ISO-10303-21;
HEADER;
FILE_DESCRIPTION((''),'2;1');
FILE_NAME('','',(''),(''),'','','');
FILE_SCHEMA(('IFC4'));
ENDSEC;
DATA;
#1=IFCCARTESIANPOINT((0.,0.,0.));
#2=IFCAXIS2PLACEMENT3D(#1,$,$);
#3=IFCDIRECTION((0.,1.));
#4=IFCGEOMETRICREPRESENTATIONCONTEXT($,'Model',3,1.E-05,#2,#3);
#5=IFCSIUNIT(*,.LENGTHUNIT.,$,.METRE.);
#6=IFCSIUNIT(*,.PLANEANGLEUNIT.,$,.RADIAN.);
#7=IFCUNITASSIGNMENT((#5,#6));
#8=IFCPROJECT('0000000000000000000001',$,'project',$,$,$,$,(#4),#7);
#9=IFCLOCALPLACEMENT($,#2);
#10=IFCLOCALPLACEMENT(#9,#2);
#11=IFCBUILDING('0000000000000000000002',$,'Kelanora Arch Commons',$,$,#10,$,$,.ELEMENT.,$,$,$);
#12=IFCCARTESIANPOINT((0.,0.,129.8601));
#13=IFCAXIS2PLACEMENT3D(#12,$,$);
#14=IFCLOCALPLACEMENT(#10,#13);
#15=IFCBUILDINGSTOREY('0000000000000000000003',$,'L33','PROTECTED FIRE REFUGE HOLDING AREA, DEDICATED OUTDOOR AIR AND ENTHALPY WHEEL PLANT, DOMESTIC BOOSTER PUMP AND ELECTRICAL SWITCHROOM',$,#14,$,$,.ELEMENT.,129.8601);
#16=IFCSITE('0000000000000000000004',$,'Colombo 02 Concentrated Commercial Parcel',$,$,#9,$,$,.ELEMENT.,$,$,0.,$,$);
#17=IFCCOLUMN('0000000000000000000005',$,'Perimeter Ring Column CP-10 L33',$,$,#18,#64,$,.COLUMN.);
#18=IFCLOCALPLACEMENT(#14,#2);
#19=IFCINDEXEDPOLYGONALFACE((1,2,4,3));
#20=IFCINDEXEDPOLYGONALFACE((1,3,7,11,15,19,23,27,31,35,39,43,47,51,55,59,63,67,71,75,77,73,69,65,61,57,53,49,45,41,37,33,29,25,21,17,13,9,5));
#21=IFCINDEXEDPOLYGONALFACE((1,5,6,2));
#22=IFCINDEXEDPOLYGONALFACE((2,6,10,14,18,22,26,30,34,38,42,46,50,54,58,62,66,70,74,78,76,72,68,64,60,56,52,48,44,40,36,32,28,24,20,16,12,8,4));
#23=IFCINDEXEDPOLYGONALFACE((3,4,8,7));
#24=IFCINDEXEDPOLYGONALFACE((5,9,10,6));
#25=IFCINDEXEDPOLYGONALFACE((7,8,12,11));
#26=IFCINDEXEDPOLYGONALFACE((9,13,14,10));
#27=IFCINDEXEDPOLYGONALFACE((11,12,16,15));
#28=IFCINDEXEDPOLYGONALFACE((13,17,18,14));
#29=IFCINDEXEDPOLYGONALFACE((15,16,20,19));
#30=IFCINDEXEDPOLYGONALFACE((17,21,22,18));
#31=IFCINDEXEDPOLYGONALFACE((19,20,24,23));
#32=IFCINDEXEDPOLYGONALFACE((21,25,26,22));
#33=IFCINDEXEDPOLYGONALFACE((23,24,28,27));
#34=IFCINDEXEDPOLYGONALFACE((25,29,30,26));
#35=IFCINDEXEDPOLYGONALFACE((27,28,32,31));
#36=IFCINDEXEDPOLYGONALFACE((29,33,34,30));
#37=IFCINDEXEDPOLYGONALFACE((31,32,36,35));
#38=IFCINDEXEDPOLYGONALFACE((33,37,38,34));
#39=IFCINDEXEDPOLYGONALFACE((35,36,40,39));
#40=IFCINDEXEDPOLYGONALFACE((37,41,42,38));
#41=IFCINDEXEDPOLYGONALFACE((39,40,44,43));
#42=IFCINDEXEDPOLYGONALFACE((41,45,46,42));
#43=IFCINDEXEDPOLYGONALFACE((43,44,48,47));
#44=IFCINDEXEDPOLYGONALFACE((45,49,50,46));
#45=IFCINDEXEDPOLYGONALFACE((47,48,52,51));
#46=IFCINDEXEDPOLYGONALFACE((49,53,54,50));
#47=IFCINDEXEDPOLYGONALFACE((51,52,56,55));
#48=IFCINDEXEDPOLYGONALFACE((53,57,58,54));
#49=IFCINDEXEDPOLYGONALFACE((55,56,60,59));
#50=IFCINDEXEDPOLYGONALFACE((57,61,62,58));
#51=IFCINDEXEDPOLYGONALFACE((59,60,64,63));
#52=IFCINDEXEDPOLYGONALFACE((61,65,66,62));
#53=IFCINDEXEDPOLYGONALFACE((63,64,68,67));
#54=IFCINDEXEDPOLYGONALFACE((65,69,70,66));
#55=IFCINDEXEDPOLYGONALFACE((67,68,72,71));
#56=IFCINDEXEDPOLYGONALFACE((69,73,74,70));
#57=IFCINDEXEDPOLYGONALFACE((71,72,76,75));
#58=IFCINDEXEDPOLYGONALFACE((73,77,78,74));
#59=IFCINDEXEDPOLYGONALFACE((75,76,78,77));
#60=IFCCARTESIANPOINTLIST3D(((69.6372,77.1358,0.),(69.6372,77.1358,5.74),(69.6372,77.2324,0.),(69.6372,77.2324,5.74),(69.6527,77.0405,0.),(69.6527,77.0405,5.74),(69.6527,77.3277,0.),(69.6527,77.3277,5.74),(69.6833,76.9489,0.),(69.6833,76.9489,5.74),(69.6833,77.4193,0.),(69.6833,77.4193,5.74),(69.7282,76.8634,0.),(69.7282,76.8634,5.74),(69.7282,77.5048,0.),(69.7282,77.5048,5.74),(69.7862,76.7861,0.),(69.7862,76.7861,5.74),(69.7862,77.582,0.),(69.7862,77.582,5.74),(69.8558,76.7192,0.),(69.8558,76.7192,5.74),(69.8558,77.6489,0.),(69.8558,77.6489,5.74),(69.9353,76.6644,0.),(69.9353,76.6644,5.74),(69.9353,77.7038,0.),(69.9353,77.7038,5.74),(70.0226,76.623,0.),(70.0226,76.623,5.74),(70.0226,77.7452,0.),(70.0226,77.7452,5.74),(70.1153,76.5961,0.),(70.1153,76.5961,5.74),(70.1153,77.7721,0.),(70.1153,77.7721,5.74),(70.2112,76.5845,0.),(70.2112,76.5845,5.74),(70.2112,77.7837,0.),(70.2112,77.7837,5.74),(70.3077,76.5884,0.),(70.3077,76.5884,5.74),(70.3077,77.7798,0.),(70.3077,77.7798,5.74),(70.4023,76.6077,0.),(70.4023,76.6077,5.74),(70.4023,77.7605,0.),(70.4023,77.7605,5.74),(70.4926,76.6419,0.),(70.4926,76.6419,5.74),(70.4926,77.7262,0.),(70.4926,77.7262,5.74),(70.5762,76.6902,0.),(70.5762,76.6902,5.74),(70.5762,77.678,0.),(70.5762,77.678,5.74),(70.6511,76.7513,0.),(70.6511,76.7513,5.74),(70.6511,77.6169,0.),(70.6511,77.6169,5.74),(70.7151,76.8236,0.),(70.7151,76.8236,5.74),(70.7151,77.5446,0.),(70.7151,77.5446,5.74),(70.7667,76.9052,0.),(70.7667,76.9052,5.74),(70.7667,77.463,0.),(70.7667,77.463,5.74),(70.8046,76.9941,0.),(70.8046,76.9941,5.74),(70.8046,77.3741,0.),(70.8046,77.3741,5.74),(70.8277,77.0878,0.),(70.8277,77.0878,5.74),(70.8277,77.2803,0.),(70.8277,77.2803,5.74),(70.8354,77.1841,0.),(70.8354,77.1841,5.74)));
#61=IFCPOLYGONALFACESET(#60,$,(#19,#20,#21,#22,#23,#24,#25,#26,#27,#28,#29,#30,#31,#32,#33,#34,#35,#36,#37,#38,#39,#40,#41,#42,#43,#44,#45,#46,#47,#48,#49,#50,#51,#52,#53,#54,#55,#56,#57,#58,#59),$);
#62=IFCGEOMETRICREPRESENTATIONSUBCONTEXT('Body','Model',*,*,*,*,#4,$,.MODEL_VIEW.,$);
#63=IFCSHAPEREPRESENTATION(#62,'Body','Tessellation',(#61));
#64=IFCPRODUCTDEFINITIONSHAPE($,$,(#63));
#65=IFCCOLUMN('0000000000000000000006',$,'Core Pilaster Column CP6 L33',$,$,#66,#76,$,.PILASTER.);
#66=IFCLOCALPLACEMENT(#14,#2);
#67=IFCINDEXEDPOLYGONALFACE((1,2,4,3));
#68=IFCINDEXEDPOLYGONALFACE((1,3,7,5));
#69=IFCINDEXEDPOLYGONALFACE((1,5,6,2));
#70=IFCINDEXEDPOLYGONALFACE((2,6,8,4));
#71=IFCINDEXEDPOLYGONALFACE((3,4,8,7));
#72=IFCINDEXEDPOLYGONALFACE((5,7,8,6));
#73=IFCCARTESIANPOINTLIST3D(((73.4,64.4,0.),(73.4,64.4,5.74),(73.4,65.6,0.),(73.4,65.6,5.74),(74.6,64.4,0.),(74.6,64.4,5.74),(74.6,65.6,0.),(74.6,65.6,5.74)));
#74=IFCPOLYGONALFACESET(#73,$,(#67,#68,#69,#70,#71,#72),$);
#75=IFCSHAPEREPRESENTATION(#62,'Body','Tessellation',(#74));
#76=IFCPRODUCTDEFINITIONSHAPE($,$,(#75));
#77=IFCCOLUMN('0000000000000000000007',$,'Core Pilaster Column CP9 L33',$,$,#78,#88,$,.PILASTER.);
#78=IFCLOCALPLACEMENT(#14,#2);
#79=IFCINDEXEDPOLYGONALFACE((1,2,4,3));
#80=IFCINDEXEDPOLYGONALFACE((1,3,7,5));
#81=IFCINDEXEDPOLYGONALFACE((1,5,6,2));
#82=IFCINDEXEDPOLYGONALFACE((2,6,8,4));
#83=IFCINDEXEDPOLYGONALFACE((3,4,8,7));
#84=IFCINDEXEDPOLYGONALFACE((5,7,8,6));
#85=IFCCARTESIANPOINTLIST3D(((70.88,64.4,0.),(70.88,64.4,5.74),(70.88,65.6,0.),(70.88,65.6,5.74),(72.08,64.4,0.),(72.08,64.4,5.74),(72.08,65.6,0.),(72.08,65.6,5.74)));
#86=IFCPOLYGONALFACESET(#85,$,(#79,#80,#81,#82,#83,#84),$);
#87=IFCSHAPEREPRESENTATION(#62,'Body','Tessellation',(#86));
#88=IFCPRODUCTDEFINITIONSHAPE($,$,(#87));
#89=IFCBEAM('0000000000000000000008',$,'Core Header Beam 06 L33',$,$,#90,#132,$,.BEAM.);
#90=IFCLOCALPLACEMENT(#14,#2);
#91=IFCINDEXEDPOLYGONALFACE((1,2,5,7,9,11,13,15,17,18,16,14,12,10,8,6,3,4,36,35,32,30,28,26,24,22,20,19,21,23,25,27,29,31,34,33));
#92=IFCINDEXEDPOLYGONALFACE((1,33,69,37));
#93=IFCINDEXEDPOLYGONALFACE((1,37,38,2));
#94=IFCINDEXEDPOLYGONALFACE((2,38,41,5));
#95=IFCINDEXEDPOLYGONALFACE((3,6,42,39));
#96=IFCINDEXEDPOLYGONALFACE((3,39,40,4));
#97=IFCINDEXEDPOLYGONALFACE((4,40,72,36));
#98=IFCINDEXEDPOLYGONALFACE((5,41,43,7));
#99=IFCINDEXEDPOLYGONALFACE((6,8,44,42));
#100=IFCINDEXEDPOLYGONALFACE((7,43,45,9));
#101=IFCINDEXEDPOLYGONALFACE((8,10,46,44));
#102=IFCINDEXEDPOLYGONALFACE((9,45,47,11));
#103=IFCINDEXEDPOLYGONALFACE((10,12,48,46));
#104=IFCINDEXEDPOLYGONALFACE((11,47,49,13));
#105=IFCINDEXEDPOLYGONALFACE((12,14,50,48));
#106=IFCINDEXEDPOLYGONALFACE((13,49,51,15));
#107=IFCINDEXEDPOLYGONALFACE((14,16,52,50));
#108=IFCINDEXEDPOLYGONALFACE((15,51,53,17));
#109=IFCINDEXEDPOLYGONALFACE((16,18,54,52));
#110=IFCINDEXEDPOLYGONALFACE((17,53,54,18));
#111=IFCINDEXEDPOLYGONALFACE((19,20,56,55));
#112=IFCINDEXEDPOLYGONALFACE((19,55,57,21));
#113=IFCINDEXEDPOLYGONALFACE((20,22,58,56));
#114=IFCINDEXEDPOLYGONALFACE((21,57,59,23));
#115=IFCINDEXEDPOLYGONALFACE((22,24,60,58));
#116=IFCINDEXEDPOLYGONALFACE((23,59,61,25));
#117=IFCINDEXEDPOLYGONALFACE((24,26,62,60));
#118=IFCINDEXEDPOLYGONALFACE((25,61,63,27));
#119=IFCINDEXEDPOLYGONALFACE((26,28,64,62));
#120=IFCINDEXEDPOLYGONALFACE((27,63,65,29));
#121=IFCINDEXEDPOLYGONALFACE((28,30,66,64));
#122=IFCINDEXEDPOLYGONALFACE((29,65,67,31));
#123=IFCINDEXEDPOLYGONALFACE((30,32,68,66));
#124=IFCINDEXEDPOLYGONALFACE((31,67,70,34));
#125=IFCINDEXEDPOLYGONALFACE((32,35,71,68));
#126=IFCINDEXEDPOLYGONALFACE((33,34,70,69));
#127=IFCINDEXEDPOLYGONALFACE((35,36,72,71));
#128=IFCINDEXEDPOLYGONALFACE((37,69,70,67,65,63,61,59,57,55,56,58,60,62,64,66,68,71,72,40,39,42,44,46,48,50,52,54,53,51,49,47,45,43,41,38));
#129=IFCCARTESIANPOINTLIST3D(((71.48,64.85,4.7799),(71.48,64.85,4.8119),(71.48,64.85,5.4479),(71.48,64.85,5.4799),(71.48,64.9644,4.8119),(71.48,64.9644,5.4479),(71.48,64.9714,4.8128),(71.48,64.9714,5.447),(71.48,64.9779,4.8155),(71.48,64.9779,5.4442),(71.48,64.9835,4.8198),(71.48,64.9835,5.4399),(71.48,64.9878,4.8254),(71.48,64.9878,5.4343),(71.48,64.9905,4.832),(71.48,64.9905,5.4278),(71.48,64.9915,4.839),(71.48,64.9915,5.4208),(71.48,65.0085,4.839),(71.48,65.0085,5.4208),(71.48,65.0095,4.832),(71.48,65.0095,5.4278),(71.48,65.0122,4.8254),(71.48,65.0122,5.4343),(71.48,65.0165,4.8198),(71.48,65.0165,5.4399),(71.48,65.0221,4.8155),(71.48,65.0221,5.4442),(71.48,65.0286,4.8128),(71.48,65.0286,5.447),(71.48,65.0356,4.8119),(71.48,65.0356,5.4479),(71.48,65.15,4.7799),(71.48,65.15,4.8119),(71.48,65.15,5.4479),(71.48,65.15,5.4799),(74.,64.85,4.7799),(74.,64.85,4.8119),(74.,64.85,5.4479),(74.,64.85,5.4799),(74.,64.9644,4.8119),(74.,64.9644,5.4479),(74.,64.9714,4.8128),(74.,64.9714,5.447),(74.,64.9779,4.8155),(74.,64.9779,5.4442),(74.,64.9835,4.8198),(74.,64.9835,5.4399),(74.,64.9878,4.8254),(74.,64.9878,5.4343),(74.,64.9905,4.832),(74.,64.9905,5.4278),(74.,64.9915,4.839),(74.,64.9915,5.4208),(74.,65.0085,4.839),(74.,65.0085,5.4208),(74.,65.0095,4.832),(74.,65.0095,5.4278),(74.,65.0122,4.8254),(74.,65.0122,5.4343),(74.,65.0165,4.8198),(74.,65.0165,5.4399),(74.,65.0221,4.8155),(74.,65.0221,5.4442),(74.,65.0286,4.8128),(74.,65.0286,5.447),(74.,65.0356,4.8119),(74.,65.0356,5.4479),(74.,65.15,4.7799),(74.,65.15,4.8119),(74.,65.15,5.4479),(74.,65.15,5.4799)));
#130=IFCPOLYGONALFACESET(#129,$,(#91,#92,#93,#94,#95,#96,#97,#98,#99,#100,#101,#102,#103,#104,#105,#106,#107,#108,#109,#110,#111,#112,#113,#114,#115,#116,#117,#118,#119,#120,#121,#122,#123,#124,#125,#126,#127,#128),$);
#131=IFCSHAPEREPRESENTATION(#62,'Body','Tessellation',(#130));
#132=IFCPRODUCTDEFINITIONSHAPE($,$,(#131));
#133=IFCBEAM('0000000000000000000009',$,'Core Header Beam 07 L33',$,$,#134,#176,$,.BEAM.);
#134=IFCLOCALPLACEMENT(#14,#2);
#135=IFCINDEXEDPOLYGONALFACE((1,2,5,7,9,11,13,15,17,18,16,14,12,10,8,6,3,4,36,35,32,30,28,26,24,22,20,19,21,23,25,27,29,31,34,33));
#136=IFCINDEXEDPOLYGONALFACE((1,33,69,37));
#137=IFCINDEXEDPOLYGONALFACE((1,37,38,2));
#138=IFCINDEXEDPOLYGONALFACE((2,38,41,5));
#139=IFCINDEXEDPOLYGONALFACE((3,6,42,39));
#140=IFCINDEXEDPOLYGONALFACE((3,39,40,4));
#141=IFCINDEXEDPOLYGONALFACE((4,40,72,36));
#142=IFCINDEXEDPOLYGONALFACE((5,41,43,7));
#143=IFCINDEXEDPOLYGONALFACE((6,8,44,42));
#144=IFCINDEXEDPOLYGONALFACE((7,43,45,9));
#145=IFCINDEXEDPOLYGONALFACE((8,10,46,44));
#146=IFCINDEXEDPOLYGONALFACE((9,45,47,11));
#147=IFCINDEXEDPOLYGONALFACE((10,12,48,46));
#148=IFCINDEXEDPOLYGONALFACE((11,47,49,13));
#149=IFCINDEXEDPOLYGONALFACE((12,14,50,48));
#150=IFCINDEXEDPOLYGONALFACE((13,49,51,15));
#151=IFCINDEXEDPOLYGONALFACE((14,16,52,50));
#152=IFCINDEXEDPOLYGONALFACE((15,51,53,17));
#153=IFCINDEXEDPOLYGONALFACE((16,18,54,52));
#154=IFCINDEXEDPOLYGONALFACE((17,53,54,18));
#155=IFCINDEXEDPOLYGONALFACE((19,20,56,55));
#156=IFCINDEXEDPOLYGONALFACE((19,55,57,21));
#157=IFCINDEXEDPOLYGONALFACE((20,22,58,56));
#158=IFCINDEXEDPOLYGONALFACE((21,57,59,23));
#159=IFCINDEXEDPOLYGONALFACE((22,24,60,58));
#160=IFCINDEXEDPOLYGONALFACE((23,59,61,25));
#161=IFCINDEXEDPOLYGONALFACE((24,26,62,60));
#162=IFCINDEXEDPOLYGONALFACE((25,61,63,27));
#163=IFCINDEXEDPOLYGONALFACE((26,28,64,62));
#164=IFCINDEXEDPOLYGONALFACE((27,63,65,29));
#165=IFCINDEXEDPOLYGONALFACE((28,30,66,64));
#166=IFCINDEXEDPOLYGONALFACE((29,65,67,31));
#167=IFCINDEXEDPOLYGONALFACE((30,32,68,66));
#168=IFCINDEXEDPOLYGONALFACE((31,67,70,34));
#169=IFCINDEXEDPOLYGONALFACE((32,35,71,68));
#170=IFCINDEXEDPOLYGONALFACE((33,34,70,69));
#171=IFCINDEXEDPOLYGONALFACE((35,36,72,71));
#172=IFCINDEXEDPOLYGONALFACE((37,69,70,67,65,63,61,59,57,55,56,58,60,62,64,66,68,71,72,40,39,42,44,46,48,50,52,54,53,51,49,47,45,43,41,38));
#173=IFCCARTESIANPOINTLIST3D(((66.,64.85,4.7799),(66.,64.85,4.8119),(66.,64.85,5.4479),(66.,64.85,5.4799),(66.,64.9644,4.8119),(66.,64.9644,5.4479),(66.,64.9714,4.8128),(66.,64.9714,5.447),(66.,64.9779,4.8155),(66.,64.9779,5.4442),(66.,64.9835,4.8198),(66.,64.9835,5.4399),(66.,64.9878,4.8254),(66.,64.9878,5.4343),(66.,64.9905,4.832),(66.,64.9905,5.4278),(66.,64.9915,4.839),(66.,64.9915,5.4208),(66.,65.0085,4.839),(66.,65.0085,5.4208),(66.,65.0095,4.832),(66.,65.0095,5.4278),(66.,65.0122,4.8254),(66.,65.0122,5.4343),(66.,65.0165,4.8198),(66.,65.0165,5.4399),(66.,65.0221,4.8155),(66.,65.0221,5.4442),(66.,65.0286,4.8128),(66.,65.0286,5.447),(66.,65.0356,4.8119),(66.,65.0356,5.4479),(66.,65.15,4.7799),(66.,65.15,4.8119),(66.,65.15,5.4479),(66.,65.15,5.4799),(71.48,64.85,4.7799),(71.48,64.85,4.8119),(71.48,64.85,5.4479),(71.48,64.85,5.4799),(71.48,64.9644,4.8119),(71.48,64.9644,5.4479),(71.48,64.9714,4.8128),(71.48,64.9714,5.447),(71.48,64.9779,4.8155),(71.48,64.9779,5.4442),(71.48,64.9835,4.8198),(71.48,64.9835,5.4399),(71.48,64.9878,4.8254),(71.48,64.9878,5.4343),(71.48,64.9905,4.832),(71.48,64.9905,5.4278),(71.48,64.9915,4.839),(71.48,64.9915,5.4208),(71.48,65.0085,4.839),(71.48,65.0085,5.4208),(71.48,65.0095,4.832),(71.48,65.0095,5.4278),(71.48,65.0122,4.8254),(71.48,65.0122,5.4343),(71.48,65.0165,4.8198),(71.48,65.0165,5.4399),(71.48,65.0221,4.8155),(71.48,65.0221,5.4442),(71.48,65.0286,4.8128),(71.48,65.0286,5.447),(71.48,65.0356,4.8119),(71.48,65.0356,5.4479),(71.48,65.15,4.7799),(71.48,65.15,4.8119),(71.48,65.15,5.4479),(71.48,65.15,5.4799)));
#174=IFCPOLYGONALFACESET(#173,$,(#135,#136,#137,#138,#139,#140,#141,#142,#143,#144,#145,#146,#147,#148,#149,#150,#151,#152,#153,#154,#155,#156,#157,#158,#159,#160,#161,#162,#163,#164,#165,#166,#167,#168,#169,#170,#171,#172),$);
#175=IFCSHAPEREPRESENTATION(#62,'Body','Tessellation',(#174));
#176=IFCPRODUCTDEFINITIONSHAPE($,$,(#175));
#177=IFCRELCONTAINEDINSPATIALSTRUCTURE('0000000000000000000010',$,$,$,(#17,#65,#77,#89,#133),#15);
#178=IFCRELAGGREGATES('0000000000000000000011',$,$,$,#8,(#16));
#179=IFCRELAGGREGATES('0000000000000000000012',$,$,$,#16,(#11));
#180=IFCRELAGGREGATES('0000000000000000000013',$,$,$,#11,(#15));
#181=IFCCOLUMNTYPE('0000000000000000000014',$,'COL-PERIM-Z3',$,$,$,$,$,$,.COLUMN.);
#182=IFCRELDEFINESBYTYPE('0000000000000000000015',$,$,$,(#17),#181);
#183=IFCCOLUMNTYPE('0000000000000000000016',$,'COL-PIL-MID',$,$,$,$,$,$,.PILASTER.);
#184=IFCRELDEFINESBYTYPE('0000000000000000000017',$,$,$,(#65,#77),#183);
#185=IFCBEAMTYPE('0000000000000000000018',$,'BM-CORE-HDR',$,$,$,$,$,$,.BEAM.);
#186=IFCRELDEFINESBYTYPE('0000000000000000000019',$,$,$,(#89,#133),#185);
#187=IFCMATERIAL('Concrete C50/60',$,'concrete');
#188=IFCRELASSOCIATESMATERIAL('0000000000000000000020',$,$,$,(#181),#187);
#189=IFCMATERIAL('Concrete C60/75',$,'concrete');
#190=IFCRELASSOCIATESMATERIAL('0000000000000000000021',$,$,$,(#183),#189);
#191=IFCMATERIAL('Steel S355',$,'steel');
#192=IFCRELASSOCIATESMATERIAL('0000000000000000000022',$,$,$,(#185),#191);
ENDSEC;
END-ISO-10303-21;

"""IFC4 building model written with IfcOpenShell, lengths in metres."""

from ifc_helpers import new_model, si_unit, direction, frame, origin, origin_2d, place, context, subcontext, project, spatial, rectangle, circle, i_section, extrude, material, material_profile, profile_set, type_object, element, save


model = new_model("IFC4")

# Units and contexts
model_context = context("Model", 3, precision=1e-05, world=origin(), true_north=direction((0.0, 1.0)))
body_context = subcontext(model_context, "Body", "Model", "MODEL_VIEW")
ifc_project = project(units=[si_unit("LENGTHUNIT", "METRE"), si_unit("PLANEANGLEUNIT", "RADIAN")], contexts=[model_context])

# Site, building, storey
site_placement = place(None, origin())
site = spatial("IfcSite", under=ifc_project, at=site_placement, Name="Colombo 02 Concentrated Commercial Parcel", CompositionType="ELEMENT", RefElevation=0.0)
building_placement = place(site_placement, origin())
building = spatial("IfcBuilding", under=site, at=building_placement, Name="Kelanora Arch Commons", CompositionType="ELEMENT")
storey_placement = place(building_placement, frame((0.0, 0.0, 129.8601)))
storey = spatial("IfcBuildingStorey", under=building, at=storey_placement, Name="L33", Description="PROTECTED FIRE REFUGE HOLDING AREA, DEDICATED OUTDOOR AIR AND ENTHALPY WHEEL PLANT, DOMESTIC BOOSTER PUMP AND ELECTRICAL SWITCHROOM", CompositionType="ELEMENT", Elevation=129.8601)

# Columns
ifc_material_1 = material(Name="Concrete C50/60", Category="concrete")
ifc_material_profile_1 = material_profile(ifc_material_1, circle(Radius=0.6001, at=origin_2d()), Name="RCC1200")
ifc_profile_set_1 = profile_set([ifc_material_profile_1], Name="Concrete C50/60")
column_type_1 = type_object("IfcColumnType", Name="COL-PERIM-Z3", PredefinedType="COLUMN", material=ifc_profile_set_1)
column_placement = place(storey_placement, frame((70.2354, 77.1841, 0.0), z_axis=(0.0, 0.0, 1.0), x_axis=(1.0, 0.0, 0.0)))
element("IfcColumn", 1, at=column_placement, inside=storey, type_object=column_type_1, Name="Perimeter Ring Column CP-10 L33", PredefinedType="COLUMN", context=body_context, shape_type="SweptSolid", body=[
    extrude(circle(Radius=0.6001, at=origin_2d()), origin(), (0.0, 0.0, 1.0), 5.74),
])
ifc_material_2 = material(Name="Concrete C60/75", Category="concrete")
ifc_material_profile_2 = material_profile(ifc_material_2, rectangle(XDim=1.2, YDim=1.2, at=origin_2d()), Name="RC1200x1200")
ifc_profile_set_2 = profile_set([ifc_material_profile_2], Name="Concrete C60/75")
column_type_2 = type_object("IfcColumnType", Name="COL-PIL-MID", PredefinedType="PILASTER", material=ifc_profile_set_2)
for number, where, z_axis, x_axis, name in (
    (2, (74.0, 65.0, 0.0), (0.0, 0.0, 1.0), (1.0, 0.0, 0.0), "Core Pilaster Column CP6 L33"),
    (3, (71.48, 65.0, 0.0), (0.0, 0.0, 1.0), (1.0, 0.0, 0.0), "Core Pilaster Column CP9 L33"),
):
    element("IfcColumn", number, at=place(storey_placement, frame(where, z_axis=z_axis, x_axis=x_axis)), inside=storey, type_object=column_type_2, Name=name, PredefinedType="PILASTER", context=body_context, shape_type="SweptSolid", body=[
        extrude(rectangle(XDim=1.2, YDim=1.2, at=origin_2d()), origin(), (0.0, 0.0, 1.0), 5.74),
    ])

# Beams
ifc_material_3 = material(Name="Steel S355", Category="steel")
ifc_material_profile_3 = material_profile(ifc_material_3, i_section(OverallWidth=0.3, OverallDepth=0.7, WebThickness=0.0171, FlangeThickness=0.032, FilletRadius=0.0271, at=origin_2d()), Name="HEB700")
ifc_profile_set_3 = profile_set([ifc_material_profile_3], Name="Steel S355")
beam_type_1 = type_object("IfcBeamType", Name="BM-CORE-HDR", PredefinedType="BEAM", material=ifc_profile_set_3)
beam_1_placement = place(storey_placement, frame((74.0, 65.0, 5.1299), z_axis=(-1.0, 0.0, 0.0), x_axis=(0.0, -1.0, 0.0)))
element("IfcBeam", 4, at=beam_1_placement, inside=storey, type_object=beam_type_1, Name="Core Header Beam 06 L33", PredefinedType="BEAM", context=body_context, shape_type="SweptSolid", body=[
    extrude(i_section(OverallWidth=0.3, OverallDepth=0.7, WebThickness=0.0171, FlangeThickness=0.032, FilletRadius=0.0271, at=origin_2d()), origin(), (0.0, 0.0, 1.0), 2.52),
])
beam_2_placement = place(storey_placement, frame((71.48, 65.0, 5.1299), z_axis=(-1.0, 0.0, 0.0), x_axis=(0.0, -1.0, 0.0)))
element("IfcBeam", 5, at=beam_2_placement, inside=storey, type_object=beam_type_1, Name="Core Header Beam 07 L33", PredefinedType="BEAM", context=body_context, shape_type="SweptSolid", body=[
    extrude(i_section(OverallWidth=0.3, OverallDepth=0.7, WebThickness=0.0171, FlangeThickness=0.032, FilletRadius=0.0271, at=origin_2d()), origin(), (0.0, 0.0, 1.0), 5.48),
])

save(model, "model.ifc")
